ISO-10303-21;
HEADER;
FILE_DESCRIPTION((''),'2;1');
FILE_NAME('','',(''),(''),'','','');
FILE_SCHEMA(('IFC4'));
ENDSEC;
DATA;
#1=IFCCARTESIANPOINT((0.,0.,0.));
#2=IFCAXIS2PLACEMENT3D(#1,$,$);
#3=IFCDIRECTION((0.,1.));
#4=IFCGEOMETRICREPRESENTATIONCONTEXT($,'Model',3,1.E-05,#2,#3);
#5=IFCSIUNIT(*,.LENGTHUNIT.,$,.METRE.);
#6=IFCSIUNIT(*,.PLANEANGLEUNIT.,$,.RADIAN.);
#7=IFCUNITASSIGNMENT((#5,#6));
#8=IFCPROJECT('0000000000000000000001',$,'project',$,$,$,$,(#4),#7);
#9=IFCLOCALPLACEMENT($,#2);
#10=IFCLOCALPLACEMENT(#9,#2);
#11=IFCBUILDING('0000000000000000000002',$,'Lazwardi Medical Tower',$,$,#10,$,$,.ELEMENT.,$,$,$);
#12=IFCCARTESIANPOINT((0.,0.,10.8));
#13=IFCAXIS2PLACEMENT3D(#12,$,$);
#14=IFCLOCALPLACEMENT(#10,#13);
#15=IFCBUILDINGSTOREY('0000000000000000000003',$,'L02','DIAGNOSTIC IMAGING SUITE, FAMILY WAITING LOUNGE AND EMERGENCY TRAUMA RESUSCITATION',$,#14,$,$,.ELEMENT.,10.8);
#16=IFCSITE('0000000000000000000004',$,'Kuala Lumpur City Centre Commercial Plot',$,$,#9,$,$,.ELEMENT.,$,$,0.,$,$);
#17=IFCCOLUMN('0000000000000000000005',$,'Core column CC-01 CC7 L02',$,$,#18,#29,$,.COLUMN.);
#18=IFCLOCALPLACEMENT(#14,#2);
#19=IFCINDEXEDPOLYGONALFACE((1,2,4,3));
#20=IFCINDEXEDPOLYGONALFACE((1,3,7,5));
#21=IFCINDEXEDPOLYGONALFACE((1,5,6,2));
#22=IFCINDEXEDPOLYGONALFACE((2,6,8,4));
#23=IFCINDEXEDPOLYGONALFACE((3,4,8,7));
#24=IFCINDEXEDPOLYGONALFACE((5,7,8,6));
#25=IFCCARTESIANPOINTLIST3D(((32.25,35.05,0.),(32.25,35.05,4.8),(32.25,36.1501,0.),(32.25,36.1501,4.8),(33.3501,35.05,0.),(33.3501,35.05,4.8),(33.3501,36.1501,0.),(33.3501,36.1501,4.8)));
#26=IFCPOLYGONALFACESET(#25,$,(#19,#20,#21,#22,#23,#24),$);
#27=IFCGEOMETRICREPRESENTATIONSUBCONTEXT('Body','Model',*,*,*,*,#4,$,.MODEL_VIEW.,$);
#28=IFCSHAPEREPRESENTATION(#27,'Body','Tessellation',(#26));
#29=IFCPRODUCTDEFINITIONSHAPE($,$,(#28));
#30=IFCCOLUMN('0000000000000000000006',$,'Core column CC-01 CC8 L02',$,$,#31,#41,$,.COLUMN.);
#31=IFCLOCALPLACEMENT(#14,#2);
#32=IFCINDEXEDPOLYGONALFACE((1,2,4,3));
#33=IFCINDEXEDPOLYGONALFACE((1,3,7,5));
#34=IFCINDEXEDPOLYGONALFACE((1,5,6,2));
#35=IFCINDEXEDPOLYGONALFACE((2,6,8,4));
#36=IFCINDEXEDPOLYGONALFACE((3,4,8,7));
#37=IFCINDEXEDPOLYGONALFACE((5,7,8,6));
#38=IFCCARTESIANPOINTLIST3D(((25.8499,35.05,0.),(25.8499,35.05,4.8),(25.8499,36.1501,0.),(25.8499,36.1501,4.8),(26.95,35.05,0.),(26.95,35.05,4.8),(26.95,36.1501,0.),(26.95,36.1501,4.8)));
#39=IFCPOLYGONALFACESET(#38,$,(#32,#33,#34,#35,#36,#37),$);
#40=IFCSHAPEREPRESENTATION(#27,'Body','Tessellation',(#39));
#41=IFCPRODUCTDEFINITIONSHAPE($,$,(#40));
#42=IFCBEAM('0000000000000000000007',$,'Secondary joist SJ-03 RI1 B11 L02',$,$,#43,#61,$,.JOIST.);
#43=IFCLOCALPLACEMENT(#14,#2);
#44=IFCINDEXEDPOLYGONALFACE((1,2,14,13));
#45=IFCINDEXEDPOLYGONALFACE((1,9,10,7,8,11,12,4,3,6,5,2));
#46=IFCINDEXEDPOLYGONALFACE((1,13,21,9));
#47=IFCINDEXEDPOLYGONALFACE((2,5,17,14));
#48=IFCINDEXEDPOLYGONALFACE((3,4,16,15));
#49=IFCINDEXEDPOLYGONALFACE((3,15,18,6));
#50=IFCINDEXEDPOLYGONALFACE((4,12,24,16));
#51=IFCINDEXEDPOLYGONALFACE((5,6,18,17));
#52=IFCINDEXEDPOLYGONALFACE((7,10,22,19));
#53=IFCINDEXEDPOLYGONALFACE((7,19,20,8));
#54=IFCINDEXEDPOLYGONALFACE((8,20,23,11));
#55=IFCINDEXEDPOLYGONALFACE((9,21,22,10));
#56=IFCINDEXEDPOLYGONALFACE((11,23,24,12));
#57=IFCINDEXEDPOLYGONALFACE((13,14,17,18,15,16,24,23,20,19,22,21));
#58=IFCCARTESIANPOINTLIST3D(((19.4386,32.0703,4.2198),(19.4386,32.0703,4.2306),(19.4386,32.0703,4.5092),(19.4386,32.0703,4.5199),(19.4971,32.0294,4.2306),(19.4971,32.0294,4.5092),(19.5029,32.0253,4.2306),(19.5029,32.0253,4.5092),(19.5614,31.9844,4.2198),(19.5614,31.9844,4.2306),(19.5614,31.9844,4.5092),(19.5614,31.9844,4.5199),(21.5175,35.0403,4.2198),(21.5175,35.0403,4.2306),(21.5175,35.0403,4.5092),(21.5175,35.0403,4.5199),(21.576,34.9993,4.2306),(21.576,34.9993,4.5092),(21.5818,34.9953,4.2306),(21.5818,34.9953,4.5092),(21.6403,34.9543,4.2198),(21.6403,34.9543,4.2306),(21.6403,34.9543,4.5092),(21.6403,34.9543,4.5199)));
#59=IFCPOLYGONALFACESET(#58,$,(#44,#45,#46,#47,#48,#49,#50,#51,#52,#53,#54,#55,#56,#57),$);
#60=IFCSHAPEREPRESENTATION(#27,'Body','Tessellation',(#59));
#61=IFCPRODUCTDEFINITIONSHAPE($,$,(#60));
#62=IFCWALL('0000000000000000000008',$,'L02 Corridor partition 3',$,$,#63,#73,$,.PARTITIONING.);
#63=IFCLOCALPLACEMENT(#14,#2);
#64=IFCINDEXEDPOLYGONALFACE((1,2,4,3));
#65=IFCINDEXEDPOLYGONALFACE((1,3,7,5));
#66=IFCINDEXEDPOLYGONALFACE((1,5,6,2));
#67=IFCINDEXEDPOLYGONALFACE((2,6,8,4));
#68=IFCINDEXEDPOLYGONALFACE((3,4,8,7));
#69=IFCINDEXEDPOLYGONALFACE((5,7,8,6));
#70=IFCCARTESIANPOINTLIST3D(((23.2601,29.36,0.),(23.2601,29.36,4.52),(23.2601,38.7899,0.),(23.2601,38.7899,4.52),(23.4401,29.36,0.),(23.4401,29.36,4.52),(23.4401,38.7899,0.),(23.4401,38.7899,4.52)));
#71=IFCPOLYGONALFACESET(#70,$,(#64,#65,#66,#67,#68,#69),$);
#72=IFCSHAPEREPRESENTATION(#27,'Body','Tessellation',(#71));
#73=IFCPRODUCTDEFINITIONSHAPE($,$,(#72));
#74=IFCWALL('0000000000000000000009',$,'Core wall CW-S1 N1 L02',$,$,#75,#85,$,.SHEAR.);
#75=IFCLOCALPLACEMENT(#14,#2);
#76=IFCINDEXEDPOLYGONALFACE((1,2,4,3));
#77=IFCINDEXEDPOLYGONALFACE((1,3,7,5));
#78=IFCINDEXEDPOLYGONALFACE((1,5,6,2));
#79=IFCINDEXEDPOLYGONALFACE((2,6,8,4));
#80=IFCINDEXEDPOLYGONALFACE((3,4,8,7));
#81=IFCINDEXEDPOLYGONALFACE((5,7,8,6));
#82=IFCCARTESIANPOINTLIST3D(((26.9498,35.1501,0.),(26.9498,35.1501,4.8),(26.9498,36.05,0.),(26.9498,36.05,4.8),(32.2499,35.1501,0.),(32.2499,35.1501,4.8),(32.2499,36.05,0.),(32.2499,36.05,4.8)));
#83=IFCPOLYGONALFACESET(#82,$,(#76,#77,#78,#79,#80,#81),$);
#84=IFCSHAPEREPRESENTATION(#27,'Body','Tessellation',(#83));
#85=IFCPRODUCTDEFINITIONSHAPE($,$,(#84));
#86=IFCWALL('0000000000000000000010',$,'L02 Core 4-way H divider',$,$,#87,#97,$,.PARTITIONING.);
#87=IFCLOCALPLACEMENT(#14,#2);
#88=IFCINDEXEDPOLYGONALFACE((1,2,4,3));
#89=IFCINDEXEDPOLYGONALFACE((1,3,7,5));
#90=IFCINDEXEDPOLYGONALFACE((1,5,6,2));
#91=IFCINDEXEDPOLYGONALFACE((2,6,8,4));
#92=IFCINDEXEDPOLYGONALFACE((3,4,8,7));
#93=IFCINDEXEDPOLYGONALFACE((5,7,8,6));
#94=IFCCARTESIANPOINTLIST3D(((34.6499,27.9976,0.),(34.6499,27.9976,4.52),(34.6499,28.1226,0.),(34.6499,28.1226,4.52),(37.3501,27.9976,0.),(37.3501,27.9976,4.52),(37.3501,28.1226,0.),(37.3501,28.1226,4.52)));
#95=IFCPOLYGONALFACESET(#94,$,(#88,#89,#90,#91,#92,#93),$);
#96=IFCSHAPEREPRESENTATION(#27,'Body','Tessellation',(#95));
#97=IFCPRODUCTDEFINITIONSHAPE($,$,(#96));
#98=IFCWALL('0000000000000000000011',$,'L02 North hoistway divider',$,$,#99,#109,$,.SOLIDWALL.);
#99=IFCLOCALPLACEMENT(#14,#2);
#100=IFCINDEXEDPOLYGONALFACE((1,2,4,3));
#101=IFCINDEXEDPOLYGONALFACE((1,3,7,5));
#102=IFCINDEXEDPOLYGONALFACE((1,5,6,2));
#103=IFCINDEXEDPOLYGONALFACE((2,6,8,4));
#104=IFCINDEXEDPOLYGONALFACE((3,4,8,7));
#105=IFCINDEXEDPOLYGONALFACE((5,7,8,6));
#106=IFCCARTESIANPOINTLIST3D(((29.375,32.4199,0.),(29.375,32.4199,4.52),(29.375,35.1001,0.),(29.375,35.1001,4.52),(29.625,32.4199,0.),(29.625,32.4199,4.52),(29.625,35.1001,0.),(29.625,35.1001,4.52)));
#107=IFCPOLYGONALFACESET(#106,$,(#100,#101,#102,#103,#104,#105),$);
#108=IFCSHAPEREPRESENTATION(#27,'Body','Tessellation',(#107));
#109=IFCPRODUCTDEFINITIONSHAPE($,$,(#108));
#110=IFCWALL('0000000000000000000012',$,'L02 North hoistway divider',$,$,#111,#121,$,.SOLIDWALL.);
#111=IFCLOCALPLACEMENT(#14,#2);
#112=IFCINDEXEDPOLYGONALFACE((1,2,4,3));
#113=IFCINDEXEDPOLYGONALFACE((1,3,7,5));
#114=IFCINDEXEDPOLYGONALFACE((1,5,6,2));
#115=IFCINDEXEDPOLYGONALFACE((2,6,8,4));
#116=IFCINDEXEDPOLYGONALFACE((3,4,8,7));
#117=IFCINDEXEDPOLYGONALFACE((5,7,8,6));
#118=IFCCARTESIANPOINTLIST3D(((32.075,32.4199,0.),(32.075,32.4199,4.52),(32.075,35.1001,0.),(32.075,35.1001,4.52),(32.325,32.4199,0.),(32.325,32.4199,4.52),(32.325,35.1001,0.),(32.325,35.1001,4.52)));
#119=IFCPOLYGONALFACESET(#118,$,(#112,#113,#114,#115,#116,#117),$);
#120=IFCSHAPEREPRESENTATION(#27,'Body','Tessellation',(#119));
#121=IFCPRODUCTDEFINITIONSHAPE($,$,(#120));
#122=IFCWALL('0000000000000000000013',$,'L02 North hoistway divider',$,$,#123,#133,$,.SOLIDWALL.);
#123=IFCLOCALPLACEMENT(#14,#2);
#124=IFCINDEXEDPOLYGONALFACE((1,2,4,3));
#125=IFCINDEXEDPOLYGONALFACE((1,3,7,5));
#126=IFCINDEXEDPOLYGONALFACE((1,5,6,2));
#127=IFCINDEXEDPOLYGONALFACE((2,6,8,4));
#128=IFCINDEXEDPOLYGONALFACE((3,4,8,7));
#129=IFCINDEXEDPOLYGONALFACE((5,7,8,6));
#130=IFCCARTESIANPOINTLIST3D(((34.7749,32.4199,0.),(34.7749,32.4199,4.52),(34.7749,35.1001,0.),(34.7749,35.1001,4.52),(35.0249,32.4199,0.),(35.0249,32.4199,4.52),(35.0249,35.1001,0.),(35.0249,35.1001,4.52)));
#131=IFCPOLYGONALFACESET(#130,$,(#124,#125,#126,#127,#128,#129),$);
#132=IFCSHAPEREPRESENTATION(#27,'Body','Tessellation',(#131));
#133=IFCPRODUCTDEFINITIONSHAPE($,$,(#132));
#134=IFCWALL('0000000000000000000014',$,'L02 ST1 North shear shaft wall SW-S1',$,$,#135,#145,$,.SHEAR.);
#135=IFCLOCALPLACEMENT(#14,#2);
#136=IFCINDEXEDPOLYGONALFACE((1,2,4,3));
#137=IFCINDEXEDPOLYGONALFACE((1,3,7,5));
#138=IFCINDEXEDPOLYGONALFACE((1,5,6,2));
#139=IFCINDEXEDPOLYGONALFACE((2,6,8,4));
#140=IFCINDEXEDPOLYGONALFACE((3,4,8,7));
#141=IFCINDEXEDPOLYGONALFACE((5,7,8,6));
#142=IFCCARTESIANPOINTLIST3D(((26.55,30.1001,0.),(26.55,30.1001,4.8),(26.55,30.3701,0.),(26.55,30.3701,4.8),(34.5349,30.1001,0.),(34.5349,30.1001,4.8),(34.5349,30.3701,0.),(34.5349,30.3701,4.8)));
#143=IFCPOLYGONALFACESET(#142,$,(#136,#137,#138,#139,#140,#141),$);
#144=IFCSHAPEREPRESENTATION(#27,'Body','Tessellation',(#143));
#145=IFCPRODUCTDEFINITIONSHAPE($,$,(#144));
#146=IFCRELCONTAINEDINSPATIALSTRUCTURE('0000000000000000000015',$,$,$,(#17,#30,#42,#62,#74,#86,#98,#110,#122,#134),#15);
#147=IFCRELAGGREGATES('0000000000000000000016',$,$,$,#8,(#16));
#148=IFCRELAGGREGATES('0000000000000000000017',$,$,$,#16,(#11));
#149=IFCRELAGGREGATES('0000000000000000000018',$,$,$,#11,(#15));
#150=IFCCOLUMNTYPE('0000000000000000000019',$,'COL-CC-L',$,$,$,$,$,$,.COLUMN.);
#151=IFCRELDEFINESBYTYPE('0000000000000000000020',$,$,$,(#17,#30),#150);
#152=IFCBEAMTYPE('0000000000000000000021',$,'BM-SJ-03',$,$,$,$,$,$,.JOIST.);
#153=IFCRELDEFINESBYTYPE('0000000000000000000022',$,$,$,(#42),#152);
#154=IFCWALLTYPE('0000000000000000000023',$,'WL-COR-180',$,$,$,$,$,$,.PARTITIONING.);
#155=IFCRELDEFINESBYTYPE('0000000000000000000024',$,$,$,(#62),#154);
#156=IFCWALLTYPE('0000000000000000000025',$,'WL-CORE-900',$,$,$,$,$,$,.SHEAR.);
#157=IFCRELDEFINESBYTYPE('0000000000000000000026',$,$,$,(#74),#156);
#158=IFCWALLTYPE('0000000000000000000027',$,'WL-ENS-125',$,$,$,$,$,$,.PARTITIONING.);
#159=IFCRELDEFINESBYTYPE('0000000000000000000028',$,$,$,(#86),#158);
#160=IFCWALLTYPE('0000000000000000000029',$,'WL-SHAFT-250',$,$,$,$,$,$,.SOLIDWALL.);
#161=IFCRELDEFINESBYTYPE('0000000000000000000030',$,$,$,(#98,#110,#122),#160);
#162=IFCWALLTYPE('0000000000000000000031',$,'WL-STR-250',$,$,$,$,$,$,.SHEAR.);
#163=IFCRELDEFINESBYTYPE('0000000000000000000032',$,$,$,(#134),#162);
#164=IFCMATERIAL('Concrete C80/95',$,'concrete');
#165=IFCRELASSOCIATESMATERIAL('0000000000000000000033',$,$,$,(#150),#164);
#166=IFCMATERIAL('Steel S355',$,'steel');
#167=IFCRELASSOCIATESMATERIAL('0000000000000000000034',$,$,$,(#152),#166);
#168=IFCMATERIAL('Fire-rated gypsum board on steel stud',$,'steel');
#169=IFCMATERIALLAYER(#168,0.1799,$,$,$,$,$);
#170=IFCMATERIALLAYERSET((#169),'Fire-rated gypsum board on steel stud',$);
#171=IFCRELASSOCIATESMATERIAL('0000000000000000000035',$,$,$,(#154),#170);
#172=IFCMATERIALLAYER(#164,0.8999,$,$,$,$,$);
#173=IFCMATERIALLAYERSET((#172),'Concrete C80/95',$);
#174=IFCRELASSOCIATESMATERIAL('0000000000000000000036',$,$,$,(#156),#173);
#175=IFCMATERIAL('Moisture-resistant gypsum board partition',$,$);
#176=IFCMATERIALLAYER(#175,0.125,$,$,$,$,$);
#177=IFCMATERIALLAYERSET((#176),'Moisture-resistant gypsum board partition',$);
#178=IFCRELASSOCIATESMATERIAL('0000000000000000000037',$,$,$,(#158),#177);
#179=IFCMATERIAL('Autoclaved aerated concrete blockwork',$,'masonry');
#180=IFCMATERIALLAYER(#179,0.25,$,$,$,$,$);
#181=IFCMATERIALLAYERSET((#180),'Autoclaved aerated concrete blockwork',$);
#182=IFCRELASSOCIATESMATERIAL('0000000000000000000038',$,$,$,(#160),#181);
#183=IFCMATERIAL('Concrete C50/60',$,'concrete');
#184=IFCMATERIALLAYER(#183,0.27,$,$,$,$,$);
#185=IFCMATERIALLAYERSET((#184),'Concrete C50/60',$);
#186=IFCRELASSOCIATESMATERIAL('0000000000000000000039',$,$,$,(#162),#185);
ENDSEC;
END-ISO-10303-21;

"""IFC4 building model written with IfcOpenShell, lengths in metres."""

from ifc_helpers import new_model, si_unit, direction, frame, frame_2d, origin, origin_2d, place, context, subcontext, project, spatial, rectangle, i_section, extrude, material, layer, layer_set, material_profile, profile_set, type_object, element, save


model = new_model("IFC4")

# Units and contexts
model_context = context("Model", 3, precision=1e-05, world=origin(), true_north=direction((0.0, 1.0)))
body_context = subcontext(model_context, "Body", "Model", "MODEL_VIEW")
ifc_project = project(units=[si_unit("LENGTHUNIT", "METRE"), si_unit("PLANEANGLEUNIT", "RADIAN")], contexts=[model_context])

# Site, building, storey
site_placement = place(None, origin())
site = spatial("IfcSite", under=ifc_project, at=site_placement, Name="Kuala Lumpur City Centre Commercial Plot", CompositionType="ELEMENT", RefElevation=0.0)
building_placement = place(site_placement, origin())
building = spatial("IfcBuilding", under=site, at=building_placement, Name="Lazwardi Medical Tower", CompositionType="ELEMENT")
storey_placement = place(building_placement, frame((0.0, 0.0, 10.8)))
storey = spatial("IfcBuildingStorey", under=building, at=storey_placement, Name="L02", Description="DIAGNOSTIC IMAGING SUITE, FAMILY WAITING LOUNGE AND EMERGENCY TRAUMA RESUSCITATION", CompositionType="ELEMENT", Elevation=10.8)

# Columns
ifc_material_1 = material(Name="Concrete C80/95", Category="concrete")
ifc_material_profile_1 = material_profile(ifc_material_1, rectangle(XDim=1.1001, YDim=1.1001, at=origin_2d()), Name="RC 1100x1100")
ifc_profile_set_1 = profile_set([ifc_material_profile_1], Name="Concrete C80/95")
column_type = type_object("IfcColumnType", Name="COL-CC-L", PredefinedType="COLUMN", material=ifc_profile_set_1)
for number, where, z_axis, x_axis, name in (
    (1, (32.8, 35.6001, 0.0), (0.0, 0.0, 1.0), (1.0, 0.0, 0.0), "Core column CC-01 CC7 L02"),
    (2, (26.3999, 35.6001, 0.0), (0.0, 0.0, 1.0), (1.0, 0.0, 0.0), "Core column CC-01 CC8 L02"),
):
    element("IfcColumn", number, at=place(storey_placement, frame(where, z_axis=z_axis, x_axis=x_axis)), inside=storey, type_object=column_type, Name=name, PredefinedType="COLUMN", context=body_context, shape_type="SweptSolid", body=[
        extrude(rectangle(XDim=1.1001, YDim=1.1001, at=origin_2d()), origin(), (0.0, 0.0, 1.0), 4.8),
    ])

# Beam
ifc_material_2 = material(Name="Steel S355", Category="steel")
ifc_material_profile_2 = material_profile(ifc_material_2, i_section(OverallWidth=0.1499, OverallDepth=0.3, WebThickness=0.0071, FlangeThickness=0.0107, at=origin_2d()), Name="IPE 300")
ifc_profile_set_2 = profile_set([ifc_material_profile_2], Name="Steel S355")
beam_type = type_object("IfcBeamType", Name="BM-SJ-03", PredefinedType="JOIST", material=ifc_profile_set_2)
beam_placement = place(storey_placement, frame((21.5789, 34.9973, 4.3699), z_axis=(-0.57344, -0.819248, 0.0), x_axis=(0.819248, -0.57344, 0.0)))
element("IfcBeam", 3, at=beam_placement, inside=storey, type_object=beam_type, Name="Secondary joist SJ-03 RI1 B11 L02", PredefinedType="JOIST", context=body_context, shape_type="SweptSolid", body=[
    extrude(i_section(OverallWidth=0.1499, OverallDepth=0.3, WebThickness=0.0071, FlangeThickness=0.0107, at=origin_2d()), origin(), (0.0, 0.0, 1.0), 3.6252),
])

# Walls
ifc_material_3 = material(Name="Fire-rated gypsum board on steel stud", Category="steel")
ifc_layer_1 = layer(ifc_material_3, 0.1799)
ifc_layer_set_1 = layer_set([ifc_layer_1], Name="Fire-rated gypsum board on steel stud")
wall_type_1 = type_object("IfcWallType", Name="WL-COR-180", PredefinedType="PARTITIONING", material=ifc_layer_set_1)
wall_1_placement = place(storey_placement, frame((23.3501, 29.3601, 0.0), z_axis=(0.0, 0.0, 1.0), x_axis=(0.0, 1.0, 0.0)))
element("IfcWall", 4, at=wall_1_placement, inside=storey, type_object=wall_type_1, Name="L02 Corridor partition 3", PredefinedType="PARTITIONING", context=body_context, shape_type="SweptSolid", body=[
    extrude(rectangle(XDim=9.4299, YDim=0.1799, at=frame_2d((4.7148, 0.0))), origin(), (0.0, 0.0, 1.0), 4.52),
])
ifc_layer_2 = layer(ifc_material_1, 0.8999)
ifc_layer_set_2 = layer_set([ifc_layer_2], Name="Concrete C80/95")
wall_type_2 = type_object("IfcWallType", Name="WL-CORE-900", PredefinedType="SHEAR", material=ifc_layer_set_2)
wall_2_placement = place(storey_placement, frame((26.95, 35.6001, 0.0), z_axis=(0.0, 0.0, 1.0), x_axis=(1.0, 0.0, 0.0)))
element("IfcWall", 5, at=wall_2_placement, inside=storey, type_object=wall_type_2, Name="Core wall CW-S1 N1 L02", PredefinedType="SHEAR", context=body_context, shape_type="SweptSolid", body=[
    extrude(rectangle(XDim=5.3, YDim=0.8999, at=frame_2d((2.6499, 0.0))), origin(), (0.0, 0.0, 1.0), 4.8),
])
ifc_material_4 = material(Name="Moisture-resistant gypsum board partition")
ifc_layer_3 = layer(ifc_material_4, 0.125)
ifc_layer_set_3 = layer_set([ifc_layer_3], Name="Moisture-resistant gypsum board partition")
wall_type_3 = type_object("IfcWallType", Name="WL-ENS-125", PredefinedType="PARTITIONING", material=ifc_layer_set_3)
wall_3_placement = place(storey_placement, frame((34.6499, 28.0601, 0.0), z_axis=(0.0, 0.0, 1.0), x_axis=(1.0, 0.0, 0.0)))
element("IfcWall", 6, at=wall_3_placement, inside=storey, type_object=wall_type_3, Name="L02 Core 4-way H divider", PredefinedType="PARTITIONING", context=body_context, shape_type="SweptSolid", body=[
    extrude(rectangle(XDim=2.7002, YDim=0.125, at=frame_2d((1.3501, 0.0))), origin(), (0.0, 0.0, 1.0), 4.52),
])
ifc_material_5 = material(Name="Autoclaved aerated concrete blockwork", Category="masonry")
ifc_layer_4 = layer(ifc_material_5, 0.25)
ifc_layer_set_4 = layer_set([ifc_layer_4], Name="Autoclaved aerated concrete blockwork")
wall_type_4 = type_object("IfcWallType", Name="WL-SHAFT-250", PredefinedType="SOLIDWALL", material=ifc_layer_set_4)
for number, where, z_axis, x_axis, name in (
    (7, (29.5, 32.4199, 0.0), (0.0, 0.0, 1.0), (0.0, 1.0, 0.0), "L02 North hoistway divider"),
    (8, (32.2, 32.4199, 0.0), (0.0, 0.0, 1.0), (0.0, 1.0, 0.0), "L02 North hoistway divider"),
    (9, (34.8999, 32.4199, 0.0), (0.0, 0.0, 1.0), (0.0, 1.0, 0.0), "L02 North hoistway divider"),
):
    element("IfcWall", number, at=place(storey_placement, frame(where, z_axis=z_axis, x_axis=x_axis)), inside=storey, type_object=wall_type_4, Name=name, PredefinedType="SOLIDWALL", context=body_context, shape_type="SweptSolid", body=[
        extrude(rectangle(XDim=2.6802, YDim=0.25, at=frame_2d((1.3401, 0.0))), origin(), (0.0, 0.0, 1.0), 4.52),
    ])
ifc_material_6 = material(Name="Concrete C50/60", Category="concrete")
ifc_layer_5 = layer(ifc_material_6, 0.27)
ifc_layer_set_5 = layer_set([ifc_layer_5], Name="Concrete C50/60")
wall_type_5 = type_object("IfcWallType", Name="WL-STR-250", PredefinedType="SHEAR", material=ifc_layer_set_5)
wall_4_placement = place(storey_placement, frame((26.55, 30.2351, 0.0), z_axis=(0.0, 0.0, 1.0), x_axis=(1.0, 0.0, 0.0)))
element("IfcWall", 10, at=wall_4_placement, inside=storey, type_object=wall_type_5, Name="L02 ST1 North shear shaft wall SW-S1", PredefinedType="SHEAR", context=body_context, shape_type="SweptSolid", body=[
    extrude(rectangle(XDim=7.9849, YDim=0.27, at=frame_2d((3.9924, 0.0))), origin(), (0.0, 0.0, 1.0), 4.8),
])

save(model, "model.ifc")
